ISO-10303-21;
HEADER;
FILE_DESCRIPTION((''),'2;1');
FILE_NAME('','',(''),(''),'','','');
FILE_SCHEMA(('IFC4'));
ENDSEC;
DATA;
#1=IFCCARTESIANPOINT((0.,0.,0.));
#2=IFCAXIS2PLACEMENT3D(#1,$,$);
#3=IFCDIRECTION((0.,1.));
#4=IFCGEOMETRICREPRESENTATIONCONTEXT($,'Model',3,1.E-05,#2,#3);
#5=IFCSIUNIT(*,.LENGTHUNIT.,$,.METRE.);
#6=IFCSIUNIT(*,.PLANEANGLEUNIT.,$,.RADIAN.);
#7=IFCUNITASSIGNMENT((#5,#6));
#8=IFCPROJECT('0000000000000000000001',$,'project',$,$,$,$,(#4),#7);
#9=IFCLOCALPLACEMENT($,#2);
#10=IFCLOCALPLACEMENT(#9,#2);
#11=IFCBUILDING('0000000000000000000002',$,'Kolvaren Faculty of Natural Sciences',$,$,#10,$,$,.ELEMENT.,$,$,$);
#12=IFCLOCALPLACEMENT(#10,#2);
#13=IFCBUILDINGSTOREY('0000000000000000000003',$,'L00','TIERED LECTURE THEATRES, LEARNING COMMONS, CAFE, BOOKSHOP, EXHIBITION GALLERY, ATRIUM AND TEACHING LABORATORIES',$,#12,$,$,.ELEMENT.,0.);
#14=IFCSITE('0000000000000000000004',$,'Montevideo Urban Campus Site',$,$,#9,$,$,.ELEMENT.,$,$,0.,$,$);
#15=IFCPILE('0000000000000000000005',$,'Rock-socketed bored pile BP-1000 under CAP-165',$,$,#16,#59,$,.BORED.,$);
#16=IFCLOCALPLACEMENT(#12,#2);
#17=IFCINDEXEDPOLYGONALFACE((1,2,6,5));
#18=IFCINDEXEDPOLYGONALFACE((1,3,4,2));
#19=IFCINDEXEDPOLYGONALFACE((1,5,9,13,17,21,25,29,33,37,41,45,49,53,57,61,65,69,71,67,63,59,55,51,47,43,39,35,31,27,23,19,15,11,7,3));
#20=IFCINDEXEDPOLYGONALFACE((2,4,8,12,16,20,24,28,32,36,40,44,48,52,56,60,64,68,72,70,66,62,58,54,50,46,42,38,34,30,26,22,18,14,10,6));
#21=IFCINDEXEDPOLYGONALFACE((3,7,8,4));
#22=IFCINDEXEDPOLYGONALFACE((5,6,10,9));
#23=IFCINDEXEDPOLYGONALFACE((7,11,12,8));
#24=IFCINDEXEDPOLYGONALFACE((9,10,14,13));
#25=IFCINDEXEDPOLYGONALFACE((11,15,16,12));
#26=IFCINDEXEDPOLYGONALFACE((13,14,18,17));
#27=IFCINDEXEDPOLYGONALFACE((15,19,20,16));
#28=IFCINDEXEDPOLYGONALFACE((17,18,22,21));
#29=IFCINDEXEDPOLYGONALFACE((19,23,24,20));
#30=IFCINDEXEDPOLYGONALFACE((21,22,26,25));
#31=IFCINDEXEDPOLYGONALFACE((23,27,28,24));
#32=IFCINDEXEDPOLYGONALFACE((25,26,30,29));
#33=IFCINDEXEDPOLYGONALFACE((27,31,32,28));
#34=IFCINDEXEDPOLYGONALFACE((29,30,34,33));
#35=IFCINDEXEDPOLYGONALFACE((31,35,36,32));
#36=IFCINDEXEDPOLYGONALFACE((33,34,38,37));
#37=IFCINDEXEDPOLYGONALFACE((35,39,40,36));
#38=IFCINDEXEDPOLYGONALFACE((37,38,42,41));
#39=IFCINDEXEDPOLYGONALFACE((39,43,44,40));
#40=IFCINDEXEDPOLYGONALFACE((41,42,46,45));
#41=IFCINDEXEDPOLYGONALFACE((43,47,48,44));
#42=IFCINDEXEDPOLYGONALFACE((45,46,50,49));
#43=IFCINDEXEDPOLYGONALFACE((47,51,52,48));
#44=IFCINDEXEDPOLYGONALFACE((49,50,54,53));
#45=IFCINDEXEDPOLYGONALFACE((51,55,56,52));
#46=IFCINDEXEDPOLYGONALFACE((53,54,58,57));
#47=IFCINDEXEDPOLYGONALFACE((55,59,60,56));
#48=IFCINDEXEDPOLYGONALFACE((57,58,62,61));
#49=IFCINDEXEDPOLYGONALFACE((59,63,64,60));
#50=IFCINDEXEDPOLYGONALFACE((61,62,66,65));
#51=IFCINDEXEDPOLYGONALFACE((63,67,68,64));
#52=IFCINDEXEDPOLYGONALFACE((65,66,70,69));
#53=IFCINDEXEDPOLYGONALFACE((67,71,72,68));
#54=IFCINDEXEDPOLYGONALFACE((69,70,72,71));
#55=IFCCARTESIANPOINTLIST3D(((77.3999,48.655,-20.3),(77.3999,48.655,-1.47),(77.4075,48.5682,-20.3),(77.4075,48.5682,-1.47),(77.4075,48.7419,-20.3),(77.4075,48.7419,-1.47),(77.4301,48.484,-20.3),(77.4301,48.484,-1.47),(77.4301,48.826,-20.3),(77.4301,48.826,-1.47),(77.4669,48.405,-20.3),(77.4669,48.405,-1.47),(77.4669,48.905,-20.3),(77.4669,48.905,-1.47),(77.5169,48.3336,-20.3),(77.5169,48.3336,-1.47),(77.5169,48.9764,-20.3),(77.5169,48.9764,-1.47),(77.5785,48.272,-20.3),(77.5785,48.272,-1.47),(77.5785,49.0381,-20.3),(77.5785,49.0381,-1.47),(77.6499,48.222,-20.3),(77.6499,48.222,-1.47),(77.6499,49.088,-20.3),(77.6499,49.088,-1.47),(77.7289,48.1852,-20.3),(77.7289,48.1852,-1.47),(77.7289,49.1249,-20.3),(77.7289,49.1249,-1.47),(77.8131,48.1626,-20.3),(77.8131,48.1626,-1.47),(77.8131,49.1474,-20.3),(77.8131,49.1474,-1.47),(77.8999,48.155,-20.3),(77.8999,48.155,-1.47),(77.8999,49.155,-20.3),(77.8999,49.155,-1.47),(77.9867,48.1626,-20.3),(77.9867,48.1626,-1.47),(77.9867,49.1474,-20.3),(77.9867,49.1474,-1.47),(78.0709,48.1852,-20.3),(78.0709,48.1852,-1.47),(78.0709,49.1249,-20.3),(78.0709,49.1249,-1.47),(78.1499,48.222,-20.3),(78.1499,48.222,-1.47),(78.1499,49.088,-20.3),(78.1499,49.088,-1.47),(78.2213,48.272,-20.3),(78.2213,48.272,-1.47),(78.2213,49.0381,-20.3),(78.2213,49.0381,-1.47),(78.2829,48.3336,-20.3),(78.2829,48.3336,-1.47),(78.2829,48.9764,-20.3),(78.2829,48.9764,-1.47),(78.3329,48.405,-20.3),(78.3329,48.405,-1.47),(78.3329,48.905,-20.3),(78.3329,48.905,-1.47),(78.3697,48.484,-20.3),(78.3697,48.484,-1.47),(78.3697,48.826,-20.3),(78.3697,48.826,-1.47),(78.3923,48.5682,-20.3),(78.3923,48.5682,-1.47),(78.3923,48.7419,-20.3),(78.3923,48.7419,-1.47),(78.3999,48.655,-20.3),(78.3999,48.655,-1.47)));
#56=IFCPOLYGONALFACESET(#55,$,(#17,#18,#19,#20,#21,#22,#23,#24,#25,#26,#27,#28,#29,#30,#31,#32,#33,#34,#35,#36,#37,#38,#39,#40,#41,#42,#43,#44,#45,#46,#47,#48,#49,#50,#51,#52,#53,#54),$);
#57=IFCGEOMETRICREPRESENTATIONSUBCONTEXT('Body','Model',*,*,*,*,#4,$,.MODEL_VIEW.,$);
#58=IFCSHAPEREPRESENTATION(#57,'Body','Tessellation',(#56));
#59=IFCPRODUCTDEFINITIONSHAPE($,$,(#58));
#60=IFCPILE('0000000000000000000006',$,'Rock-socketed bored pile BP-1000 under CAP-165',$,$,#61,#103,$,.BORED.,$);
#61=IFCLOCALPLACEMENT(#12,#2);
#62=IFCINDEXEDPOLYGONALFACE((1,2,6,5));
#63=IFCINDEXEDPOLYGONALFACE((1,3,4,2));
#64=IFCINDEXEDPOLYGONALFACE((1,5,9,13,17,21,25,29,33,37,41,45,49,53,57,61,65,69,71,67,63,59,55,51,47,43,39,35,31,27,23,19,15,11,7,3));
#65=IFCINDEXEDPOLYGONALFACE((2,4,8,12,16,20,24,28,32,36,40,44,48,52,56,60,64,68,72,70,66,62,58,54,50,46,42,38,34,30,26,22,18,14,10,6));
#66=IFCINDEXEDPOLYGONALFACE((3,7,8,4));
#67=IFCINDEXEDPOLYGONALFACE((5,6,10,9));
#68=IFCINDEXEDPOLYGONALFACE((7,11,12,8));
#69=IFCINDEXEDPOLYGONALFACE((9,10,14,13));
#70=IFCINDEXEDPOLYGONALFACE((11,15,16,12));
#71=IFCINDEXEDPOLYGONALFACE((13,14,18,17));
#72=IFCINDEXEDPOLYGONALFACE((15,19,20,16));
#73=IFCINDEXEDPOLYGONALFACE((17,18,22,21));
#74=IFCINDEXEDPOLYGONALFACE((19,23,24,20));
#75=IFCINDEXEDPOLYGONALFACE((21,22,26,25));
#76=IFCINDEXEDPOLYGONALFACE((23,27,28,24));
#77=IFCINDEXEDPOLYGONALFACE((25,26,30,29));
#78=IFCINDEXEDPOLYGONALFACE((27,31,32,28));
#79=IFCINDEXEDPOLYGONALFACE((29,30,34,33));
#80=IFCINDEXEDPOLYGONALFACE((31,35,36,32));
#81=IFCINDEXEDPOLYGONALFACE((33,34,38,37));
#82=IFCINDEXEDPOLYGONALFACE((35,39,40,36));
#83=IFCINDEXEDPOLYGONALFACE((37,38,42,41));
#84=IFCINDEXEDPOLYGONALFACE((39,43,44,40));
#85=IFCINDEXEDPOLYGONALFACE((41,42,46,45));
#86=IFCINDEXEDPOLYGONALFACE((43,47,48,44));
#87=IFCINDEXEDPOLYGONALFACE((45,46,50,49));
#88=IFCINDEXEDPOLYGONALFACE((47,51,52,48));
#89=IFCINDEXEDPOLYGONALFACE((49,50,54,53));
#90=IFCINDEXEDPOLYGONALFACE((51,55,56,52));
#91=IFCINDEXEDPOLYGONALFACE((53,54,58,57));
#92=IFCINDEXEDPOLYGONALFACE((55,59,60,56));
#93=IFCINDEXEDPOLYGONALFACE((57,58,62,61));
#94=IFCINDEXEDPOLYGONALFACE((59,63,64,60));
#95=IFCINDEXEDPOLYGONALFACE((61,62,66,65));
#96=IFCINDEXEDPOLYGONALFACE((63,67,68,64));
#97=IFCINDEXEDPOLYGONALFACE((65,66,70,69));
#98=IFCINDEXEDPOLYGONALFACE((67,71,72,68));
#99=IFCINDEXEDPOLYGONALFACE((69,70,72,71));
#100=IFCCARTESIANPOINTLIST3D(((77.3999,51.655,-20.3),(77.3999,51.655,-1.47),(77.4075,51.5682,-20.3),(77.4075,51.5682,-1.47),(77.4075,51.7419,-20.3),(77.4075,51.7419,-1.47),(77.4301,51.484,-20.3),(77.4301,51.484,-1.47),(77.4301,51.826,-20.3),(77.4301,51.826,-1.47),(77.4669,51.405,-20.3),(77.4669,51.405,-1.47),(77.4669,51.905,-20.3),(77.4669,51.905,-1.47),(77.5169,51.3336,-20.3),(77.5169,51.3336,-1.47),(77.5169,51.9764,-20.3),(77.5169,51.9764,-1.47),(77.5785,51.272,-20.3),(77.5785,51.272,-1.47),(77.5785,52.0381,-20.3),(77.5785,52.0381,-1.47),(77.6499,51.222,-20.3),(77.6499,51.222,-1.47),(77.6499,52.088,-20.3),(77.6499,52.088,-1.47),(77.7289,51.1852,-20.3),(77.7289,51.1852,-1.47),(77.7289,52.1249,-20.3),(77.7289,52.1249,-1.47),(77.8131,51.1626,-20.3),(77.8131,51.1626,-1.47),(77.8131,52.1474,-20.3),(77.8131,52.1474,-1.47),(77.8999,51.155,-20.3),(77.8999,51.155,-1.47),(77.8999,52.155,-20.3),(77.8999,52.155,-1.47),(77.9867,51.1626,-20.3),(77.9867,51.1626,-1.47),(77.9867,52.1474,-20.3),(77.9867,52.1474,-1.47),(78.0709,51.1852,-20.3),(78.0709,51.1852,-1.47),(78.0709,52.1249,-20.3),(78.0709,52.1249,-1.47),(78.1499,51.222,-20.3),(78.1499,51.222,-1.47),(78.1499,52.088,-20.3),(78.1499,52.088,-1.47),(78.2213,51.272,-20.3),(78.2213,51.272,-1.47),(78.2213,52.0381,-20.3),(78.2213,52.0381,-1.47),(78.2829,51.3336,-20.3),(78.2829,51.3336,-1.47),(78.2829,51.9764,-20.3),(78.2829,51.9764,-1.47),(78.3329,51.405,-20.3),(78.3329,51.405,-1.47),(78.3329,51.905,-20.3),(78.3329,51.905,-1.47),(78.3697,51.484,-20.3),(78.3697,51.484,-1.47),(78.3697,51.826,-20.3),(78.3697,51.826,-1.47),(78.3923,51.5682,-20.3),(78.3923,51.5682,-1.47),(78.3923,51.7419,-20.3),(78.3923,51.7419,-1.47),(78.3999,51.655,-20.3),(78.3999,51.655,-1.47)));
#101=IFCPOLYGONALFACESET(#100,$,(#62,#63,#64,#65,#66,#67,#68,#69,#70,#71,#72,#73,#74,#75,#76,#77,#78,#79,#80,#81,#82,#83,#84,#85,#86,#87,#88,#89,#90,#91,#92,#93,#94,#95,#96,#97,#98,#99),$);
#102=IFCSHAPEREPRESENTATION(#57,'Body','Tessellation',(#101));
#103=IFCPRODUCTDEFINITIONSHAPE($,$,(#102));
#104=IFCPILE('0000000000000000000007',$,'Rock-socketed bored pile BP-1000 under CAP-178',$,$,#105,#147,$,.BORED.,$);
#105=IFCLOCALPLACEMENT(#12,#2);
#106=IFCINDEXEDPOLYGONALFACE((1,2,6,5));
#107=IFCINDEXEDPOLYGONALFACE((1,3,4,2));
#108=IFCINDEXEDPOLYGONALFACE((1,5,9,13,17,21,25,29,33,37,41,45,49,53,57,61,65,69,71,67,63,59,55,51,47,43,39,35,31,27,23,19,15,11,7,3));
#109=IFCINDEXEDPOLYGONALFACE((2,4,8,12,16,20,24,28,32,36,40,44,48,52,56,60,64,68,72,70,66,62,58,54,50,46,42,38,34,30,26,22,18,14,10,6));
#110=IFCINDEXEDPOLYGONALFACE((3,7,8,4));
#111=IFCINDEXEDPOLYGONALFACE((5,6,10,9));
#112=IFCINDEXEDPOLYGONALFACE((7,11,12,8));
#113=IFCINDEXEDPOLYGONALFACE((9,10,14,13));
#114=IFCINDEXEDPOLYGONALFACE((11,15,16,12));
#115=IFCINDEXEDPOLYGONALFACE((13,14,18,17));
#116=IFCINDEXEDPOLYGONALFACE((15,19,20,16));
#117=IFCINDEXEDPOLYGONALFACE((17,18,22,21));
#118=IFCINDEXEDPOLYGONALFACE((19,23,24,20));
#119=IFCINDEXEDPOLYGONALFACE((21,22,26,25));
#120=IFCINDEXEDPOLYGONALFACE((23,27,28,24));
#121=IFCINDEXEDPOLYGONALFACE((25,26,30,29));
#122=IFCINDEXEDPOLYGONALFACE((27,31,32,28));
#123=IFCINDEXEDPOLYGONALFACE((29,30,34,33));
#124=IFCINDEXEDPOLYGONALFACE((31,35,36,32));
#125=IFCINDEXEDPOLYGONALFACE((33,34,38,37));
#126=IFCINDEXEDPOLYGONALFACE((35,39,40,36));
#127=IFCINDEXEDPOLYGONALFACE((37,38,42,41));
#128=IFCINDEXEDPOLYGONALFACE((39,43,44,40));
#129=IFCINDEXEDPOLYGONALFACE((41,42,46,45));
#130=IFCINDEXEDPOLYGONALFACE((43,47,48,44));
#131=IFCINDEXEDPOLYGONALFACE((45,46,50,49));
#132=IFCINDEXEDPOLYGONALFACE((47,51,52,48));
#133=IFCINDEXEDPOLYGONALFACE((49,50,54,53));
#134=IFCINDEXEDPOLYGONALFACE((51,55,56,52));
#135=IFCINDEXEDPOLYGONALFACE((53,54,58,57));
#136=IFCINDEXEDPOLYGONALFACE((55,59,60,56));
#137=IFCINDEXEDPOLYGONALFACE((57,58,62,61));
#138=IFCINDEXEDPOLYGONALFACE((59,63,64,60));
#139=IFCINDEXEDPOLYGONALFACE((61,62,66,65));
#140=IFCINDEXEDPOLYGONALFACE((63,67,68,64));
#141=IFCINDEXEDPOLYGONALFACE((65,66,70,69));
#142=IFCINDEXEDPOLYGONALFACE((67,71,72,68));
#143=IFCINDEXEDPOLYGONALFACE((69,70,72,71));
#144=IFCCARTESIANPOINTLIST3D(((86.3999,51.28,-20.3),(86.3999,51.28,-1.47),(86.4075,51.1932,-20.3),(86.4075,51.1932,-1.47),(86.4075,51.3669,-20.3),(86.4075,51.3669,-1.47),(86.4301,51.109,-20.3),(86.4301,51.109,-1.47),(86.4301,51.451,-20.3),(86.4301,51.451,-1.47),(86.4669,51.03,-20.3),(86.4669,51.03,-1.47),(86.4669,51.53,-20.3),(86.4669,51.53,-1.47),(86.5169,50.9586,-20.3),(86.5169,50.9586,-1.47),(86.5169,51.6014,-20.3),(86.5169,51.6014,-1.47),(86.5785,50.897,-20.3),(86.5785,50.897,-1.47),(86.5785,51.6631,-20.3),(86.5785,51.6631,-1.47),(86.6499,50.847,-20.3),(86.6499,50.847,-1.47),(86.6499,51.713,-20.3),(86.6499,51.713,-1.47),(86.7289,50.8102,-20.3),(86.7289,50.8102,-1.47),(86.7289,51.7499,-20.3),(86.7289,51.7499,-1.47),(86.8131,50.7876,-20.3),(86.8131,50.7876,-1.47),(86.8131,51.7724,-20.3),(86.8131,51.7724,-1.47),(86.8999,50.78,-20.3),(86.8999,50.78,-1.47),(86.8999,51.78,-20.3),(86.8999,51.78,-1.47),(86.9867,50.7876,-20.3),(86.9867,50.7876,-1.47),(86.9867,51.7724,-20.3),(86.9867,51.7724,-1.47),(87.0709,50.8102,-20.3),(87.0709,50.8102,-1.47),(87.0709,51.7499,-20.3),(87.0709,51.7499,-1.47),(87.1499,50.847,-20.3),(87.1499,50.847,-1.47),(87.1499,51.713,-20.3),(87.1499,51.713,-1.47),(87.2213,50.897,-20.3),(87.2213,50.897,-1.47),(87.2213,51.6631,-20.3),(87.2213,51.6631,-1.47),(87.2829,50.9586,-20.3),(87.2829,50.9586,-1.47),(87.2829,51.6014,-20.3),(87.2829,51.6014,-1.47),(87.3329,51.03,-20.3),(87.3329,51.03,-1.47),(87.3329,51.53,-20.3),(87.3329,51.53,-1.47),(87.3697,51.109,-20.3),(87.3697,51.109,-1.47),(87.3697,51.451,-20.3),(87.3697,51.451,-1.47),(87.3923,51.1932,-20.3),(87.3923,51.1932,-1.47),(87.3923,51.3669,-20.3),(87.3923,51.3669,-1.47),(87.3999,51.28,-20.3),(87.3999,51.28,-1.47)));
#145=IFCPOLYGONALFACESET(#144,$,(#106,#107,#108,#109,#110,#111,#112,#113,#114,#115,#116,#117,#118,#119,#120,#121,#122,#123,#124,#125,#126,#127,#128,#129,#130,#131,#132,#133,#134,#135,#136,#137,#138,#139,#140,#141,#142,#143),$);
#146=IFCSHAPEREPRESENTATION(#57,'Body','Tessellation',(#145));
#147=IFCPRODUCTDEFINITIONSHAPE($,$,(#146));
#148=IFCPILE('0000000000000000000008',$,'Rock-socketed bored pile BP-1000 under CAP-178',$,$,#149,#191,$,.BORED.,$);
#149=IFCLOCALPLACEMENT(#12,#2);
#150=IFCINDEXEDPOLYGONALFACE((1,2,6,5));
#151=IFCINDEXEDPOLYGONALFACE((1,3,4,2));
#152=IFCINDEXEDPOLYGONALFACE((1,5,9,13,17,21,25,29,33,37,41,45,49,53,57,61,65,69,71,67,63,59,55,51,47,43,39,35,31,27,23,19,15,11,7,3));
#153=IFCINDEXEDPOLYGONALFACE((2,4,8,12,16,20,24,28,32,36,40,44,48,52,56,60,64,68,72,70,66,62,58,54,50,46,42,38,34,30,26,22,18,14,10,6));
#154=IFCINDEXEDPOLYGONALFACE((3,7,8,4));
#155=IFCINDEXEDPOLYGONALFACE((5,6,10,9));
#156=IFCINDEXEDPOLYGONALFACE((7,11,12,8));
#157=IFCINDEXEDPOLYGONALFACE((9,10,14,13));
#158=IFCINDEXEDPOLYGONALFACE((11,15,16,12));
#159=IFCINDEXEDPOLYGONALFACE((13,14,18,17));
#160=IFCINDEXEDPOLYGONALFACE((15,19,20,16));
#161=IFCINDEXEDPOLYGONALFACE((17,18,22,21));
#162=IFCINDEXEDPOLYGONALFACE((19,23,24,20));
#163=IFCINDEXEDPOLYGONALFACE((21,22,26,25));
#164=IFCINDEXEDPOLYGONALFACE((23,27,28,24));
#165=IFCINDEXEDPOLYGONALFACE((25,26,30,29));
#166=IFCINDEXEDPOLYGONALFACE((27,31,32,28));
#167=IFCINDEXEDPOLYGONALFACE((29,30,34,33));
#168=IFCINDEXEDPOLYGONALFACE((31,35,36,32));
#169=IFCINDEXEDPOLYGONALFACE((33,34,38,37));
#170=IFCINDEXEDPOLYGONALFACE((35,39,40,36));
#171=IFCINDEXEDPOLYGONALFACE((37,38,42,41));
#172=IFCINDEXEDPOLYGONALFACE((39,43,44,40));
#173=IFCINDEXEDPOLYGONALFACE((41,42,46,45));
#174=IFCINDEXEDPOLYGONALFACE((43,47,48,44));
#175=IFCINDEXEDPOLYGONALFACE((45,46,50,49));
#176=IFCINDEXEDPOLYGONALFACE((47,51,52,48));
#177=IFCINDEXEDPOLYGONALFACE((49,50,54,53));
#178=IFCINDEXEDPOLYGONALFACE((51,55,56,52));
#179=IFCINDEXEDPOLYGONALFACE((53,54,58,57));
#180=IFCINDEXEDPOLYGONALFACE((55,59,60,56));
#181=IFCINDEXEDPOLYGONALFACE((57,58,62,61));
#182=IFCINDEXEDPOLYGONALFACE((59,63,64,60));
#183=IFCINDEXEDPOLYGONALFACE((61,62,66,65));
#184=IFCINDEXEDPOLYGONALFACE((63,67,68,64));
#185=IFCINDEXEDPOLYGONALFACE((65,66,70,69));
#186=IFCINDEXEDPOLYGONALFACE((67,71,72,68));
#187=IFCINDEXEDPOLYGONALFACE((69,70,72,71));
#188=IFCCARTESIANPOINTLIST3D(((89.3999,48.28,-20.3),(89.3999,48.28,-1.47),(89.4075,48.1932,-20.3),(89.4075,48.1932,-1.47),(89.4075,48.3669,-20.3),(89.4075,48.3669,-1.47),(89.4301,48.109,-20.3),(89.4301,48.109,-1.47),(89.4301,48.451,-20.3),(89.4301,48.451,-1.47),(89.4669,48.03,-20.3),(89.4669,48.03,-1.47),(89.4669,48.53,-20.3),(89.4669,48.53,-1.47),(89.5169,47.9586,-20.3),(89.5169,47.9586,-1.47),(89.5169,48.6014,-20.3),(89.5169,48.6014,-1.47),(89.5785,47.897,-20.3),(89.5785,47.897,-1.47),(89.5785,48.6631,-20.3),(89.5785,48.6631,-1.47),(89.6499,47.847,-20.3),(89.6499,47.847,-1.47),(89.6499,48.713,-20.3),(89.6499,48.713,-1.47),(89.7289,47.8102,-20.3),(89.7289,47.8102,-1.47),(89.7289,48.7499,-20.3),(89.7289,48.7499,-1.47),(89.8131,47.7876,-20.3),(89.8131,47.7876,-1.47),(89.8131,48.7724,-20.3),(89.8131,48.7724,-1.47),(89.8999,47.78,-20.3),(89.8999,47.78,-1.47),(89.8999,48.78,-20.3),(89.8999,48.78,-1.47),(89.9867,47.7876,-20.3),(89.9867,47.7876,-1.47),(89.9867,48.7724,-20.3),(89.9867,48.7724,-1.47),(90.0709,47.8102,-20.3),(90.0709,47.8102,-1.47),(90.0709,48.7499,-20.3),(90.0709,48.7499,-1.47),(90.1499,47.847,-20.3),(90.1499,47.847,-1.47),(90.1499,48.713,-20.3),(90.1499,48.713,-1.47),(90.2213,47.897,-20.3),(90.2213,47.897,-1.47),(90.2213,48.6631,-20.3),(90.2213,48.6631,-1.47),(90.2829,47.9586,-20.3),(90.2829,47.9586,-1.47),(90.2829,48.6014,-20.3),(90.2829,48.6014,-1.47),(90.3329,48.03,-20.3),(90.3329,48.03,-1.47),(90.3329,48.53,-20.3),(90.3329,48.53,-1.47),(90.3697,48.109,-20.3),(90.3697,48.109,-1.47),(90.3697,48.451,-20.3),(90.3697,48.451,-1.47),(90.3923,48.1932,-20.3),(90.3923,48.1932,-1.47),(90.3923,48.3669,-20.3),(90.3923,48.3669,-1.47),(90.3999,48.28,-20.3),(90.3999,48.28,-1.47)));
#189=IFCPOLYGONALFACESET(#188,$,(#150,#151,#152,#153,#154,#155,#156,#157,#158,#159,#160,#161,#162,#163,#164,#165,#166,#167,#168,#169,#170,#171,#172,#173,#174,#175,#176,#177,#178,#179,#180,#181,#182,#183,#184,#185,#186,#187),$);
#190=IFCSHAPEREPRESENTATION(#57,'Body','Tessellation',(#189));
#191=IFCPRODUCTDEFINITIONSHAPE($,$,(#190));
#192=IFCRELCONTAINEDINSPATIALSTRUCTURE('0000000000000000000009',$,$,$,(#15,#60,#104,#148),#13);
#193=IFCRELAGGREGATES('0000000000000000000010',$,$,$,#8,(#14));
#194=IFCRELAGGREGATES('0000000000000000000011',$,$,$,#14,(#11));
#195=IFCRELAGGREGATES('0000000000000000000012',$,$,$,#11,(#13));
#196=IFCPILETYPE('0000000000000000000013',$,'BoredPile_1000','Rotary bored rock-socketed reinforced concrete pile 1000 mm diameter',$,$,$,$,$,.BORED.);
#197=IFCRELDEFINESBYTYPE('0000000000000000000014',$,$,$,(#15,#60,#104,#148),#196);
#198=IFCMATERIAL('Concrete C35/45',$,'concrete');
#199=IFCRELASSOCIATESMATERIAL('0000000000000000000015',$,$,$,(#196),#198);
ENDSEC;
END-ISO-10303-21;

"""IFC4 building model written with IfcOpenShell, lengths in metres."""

from ifc_helpers import new_model, si_unit, direction, frame, origin, origin_2d, place, context, subcontext, project, spatial, circle, extrude, material, material_profile, profile_set, type_object, element, save


model = new_model("IFC4")

# Units and contexts
model_context = context("Model", 3, precision=1e-05, world=origin(), true_north=direction((0.0, 1.0)))
body_context = subcontext(model_context, "Body", "Model", "MODEL_VIEW")
ifc_project = project(units=[si_unit("LENGTHUNIT", "METRE"), si_unit("PLANEANGLEUNIT", "RADIAN")], contexts=[model_context])

# Site, building, storey
site_placement = place(None, origin())
site = spatial("IfcSite", under=ifc_project, at=site_placement, Name="Montevideo Urban Campus Site", CompositionType="ELEMENT", RefElevation=0.0)
building_placement = place(site_placement, origin())
building = spatial("IfcBuilding", under=site, at=building_placement, Name="Kolvaren Faculty of Natural Sciences", CompositionType="ELEMENT")
storey_placement = place(building_placement, origin())
storey = spatial("IfcBuildingStorey", under=building, at=storey_placement, Name="L00", Description="TIERED LECTURE THEATRES, LEARNING COMMONS, CAFE, BOOKSHOP, EXHIBITION GALLERY, ATRIUM AND TEACHING LABORATORIES", CompositionType="ELEMENT", Elevation=0.0)

# Piles
ifc_material_1 = material(Name="Concrete C35/45", Category="concrete")
ifc_material_profile_1 = material_profile(ifc_material_1, circle(Radius=0.5, at=origin_2d()), Name="PILE D1000")
ifc_profile_set_1 = profile_set([ifc_material_profile_1], Name="Concrete C35/45")
pile_type = type_object("IfcPileType", Name="BoredPile_1000", Description="Rotary bored rock-socketed reinforced concrete pile 1000 mm diameter", PredefinedType="BORED", material=ifc_profile_set_1)
for number, where, z_axis, x_axis, name in (
    (1, (77.8999, 48.655, -1.47), (0.0, 0.0, -1.0), (1.0, 0.0, 0.0), "Rock-socketed bored pile BP-1000 under CAP-165"),
    (2, (77.8999, 51.655, -1.47), (0.0, 0.0, -1.0), (1.0, 0.0, 0.0), "Rock-socketed bored pile BP-1000 under CAP-165"),
    (3, (86.8999, 51.28, -1.47), (0.0, 0.0, -1.0), (1.0, 0.0, 0.0), "Rock-socketed bored pile BP-1000 under CAP-178"),
    (4, (89.8999, 48.28, -1.47), (0.0, 0.0, -1.0), (1.0, 0.0, 0.0), "Rock-socketed bored pile BP-1000 under CAP-178"),
):
    element("IfcPile", number, at=place(storey_placement, frame(where, z_axis=z_axis, x_axis=x_axis)), inside=storey, type_object=pile_type, Name=name, PredefinedType="BORED", context=body_context, shape_type="SweptSolid", body=[
        extrude(circle(Radius=0.5, at=origin_2d()), origin(), (0.0, 0.0, 1.0), 18.8301),
    ])

save(model, "model.ifc")
